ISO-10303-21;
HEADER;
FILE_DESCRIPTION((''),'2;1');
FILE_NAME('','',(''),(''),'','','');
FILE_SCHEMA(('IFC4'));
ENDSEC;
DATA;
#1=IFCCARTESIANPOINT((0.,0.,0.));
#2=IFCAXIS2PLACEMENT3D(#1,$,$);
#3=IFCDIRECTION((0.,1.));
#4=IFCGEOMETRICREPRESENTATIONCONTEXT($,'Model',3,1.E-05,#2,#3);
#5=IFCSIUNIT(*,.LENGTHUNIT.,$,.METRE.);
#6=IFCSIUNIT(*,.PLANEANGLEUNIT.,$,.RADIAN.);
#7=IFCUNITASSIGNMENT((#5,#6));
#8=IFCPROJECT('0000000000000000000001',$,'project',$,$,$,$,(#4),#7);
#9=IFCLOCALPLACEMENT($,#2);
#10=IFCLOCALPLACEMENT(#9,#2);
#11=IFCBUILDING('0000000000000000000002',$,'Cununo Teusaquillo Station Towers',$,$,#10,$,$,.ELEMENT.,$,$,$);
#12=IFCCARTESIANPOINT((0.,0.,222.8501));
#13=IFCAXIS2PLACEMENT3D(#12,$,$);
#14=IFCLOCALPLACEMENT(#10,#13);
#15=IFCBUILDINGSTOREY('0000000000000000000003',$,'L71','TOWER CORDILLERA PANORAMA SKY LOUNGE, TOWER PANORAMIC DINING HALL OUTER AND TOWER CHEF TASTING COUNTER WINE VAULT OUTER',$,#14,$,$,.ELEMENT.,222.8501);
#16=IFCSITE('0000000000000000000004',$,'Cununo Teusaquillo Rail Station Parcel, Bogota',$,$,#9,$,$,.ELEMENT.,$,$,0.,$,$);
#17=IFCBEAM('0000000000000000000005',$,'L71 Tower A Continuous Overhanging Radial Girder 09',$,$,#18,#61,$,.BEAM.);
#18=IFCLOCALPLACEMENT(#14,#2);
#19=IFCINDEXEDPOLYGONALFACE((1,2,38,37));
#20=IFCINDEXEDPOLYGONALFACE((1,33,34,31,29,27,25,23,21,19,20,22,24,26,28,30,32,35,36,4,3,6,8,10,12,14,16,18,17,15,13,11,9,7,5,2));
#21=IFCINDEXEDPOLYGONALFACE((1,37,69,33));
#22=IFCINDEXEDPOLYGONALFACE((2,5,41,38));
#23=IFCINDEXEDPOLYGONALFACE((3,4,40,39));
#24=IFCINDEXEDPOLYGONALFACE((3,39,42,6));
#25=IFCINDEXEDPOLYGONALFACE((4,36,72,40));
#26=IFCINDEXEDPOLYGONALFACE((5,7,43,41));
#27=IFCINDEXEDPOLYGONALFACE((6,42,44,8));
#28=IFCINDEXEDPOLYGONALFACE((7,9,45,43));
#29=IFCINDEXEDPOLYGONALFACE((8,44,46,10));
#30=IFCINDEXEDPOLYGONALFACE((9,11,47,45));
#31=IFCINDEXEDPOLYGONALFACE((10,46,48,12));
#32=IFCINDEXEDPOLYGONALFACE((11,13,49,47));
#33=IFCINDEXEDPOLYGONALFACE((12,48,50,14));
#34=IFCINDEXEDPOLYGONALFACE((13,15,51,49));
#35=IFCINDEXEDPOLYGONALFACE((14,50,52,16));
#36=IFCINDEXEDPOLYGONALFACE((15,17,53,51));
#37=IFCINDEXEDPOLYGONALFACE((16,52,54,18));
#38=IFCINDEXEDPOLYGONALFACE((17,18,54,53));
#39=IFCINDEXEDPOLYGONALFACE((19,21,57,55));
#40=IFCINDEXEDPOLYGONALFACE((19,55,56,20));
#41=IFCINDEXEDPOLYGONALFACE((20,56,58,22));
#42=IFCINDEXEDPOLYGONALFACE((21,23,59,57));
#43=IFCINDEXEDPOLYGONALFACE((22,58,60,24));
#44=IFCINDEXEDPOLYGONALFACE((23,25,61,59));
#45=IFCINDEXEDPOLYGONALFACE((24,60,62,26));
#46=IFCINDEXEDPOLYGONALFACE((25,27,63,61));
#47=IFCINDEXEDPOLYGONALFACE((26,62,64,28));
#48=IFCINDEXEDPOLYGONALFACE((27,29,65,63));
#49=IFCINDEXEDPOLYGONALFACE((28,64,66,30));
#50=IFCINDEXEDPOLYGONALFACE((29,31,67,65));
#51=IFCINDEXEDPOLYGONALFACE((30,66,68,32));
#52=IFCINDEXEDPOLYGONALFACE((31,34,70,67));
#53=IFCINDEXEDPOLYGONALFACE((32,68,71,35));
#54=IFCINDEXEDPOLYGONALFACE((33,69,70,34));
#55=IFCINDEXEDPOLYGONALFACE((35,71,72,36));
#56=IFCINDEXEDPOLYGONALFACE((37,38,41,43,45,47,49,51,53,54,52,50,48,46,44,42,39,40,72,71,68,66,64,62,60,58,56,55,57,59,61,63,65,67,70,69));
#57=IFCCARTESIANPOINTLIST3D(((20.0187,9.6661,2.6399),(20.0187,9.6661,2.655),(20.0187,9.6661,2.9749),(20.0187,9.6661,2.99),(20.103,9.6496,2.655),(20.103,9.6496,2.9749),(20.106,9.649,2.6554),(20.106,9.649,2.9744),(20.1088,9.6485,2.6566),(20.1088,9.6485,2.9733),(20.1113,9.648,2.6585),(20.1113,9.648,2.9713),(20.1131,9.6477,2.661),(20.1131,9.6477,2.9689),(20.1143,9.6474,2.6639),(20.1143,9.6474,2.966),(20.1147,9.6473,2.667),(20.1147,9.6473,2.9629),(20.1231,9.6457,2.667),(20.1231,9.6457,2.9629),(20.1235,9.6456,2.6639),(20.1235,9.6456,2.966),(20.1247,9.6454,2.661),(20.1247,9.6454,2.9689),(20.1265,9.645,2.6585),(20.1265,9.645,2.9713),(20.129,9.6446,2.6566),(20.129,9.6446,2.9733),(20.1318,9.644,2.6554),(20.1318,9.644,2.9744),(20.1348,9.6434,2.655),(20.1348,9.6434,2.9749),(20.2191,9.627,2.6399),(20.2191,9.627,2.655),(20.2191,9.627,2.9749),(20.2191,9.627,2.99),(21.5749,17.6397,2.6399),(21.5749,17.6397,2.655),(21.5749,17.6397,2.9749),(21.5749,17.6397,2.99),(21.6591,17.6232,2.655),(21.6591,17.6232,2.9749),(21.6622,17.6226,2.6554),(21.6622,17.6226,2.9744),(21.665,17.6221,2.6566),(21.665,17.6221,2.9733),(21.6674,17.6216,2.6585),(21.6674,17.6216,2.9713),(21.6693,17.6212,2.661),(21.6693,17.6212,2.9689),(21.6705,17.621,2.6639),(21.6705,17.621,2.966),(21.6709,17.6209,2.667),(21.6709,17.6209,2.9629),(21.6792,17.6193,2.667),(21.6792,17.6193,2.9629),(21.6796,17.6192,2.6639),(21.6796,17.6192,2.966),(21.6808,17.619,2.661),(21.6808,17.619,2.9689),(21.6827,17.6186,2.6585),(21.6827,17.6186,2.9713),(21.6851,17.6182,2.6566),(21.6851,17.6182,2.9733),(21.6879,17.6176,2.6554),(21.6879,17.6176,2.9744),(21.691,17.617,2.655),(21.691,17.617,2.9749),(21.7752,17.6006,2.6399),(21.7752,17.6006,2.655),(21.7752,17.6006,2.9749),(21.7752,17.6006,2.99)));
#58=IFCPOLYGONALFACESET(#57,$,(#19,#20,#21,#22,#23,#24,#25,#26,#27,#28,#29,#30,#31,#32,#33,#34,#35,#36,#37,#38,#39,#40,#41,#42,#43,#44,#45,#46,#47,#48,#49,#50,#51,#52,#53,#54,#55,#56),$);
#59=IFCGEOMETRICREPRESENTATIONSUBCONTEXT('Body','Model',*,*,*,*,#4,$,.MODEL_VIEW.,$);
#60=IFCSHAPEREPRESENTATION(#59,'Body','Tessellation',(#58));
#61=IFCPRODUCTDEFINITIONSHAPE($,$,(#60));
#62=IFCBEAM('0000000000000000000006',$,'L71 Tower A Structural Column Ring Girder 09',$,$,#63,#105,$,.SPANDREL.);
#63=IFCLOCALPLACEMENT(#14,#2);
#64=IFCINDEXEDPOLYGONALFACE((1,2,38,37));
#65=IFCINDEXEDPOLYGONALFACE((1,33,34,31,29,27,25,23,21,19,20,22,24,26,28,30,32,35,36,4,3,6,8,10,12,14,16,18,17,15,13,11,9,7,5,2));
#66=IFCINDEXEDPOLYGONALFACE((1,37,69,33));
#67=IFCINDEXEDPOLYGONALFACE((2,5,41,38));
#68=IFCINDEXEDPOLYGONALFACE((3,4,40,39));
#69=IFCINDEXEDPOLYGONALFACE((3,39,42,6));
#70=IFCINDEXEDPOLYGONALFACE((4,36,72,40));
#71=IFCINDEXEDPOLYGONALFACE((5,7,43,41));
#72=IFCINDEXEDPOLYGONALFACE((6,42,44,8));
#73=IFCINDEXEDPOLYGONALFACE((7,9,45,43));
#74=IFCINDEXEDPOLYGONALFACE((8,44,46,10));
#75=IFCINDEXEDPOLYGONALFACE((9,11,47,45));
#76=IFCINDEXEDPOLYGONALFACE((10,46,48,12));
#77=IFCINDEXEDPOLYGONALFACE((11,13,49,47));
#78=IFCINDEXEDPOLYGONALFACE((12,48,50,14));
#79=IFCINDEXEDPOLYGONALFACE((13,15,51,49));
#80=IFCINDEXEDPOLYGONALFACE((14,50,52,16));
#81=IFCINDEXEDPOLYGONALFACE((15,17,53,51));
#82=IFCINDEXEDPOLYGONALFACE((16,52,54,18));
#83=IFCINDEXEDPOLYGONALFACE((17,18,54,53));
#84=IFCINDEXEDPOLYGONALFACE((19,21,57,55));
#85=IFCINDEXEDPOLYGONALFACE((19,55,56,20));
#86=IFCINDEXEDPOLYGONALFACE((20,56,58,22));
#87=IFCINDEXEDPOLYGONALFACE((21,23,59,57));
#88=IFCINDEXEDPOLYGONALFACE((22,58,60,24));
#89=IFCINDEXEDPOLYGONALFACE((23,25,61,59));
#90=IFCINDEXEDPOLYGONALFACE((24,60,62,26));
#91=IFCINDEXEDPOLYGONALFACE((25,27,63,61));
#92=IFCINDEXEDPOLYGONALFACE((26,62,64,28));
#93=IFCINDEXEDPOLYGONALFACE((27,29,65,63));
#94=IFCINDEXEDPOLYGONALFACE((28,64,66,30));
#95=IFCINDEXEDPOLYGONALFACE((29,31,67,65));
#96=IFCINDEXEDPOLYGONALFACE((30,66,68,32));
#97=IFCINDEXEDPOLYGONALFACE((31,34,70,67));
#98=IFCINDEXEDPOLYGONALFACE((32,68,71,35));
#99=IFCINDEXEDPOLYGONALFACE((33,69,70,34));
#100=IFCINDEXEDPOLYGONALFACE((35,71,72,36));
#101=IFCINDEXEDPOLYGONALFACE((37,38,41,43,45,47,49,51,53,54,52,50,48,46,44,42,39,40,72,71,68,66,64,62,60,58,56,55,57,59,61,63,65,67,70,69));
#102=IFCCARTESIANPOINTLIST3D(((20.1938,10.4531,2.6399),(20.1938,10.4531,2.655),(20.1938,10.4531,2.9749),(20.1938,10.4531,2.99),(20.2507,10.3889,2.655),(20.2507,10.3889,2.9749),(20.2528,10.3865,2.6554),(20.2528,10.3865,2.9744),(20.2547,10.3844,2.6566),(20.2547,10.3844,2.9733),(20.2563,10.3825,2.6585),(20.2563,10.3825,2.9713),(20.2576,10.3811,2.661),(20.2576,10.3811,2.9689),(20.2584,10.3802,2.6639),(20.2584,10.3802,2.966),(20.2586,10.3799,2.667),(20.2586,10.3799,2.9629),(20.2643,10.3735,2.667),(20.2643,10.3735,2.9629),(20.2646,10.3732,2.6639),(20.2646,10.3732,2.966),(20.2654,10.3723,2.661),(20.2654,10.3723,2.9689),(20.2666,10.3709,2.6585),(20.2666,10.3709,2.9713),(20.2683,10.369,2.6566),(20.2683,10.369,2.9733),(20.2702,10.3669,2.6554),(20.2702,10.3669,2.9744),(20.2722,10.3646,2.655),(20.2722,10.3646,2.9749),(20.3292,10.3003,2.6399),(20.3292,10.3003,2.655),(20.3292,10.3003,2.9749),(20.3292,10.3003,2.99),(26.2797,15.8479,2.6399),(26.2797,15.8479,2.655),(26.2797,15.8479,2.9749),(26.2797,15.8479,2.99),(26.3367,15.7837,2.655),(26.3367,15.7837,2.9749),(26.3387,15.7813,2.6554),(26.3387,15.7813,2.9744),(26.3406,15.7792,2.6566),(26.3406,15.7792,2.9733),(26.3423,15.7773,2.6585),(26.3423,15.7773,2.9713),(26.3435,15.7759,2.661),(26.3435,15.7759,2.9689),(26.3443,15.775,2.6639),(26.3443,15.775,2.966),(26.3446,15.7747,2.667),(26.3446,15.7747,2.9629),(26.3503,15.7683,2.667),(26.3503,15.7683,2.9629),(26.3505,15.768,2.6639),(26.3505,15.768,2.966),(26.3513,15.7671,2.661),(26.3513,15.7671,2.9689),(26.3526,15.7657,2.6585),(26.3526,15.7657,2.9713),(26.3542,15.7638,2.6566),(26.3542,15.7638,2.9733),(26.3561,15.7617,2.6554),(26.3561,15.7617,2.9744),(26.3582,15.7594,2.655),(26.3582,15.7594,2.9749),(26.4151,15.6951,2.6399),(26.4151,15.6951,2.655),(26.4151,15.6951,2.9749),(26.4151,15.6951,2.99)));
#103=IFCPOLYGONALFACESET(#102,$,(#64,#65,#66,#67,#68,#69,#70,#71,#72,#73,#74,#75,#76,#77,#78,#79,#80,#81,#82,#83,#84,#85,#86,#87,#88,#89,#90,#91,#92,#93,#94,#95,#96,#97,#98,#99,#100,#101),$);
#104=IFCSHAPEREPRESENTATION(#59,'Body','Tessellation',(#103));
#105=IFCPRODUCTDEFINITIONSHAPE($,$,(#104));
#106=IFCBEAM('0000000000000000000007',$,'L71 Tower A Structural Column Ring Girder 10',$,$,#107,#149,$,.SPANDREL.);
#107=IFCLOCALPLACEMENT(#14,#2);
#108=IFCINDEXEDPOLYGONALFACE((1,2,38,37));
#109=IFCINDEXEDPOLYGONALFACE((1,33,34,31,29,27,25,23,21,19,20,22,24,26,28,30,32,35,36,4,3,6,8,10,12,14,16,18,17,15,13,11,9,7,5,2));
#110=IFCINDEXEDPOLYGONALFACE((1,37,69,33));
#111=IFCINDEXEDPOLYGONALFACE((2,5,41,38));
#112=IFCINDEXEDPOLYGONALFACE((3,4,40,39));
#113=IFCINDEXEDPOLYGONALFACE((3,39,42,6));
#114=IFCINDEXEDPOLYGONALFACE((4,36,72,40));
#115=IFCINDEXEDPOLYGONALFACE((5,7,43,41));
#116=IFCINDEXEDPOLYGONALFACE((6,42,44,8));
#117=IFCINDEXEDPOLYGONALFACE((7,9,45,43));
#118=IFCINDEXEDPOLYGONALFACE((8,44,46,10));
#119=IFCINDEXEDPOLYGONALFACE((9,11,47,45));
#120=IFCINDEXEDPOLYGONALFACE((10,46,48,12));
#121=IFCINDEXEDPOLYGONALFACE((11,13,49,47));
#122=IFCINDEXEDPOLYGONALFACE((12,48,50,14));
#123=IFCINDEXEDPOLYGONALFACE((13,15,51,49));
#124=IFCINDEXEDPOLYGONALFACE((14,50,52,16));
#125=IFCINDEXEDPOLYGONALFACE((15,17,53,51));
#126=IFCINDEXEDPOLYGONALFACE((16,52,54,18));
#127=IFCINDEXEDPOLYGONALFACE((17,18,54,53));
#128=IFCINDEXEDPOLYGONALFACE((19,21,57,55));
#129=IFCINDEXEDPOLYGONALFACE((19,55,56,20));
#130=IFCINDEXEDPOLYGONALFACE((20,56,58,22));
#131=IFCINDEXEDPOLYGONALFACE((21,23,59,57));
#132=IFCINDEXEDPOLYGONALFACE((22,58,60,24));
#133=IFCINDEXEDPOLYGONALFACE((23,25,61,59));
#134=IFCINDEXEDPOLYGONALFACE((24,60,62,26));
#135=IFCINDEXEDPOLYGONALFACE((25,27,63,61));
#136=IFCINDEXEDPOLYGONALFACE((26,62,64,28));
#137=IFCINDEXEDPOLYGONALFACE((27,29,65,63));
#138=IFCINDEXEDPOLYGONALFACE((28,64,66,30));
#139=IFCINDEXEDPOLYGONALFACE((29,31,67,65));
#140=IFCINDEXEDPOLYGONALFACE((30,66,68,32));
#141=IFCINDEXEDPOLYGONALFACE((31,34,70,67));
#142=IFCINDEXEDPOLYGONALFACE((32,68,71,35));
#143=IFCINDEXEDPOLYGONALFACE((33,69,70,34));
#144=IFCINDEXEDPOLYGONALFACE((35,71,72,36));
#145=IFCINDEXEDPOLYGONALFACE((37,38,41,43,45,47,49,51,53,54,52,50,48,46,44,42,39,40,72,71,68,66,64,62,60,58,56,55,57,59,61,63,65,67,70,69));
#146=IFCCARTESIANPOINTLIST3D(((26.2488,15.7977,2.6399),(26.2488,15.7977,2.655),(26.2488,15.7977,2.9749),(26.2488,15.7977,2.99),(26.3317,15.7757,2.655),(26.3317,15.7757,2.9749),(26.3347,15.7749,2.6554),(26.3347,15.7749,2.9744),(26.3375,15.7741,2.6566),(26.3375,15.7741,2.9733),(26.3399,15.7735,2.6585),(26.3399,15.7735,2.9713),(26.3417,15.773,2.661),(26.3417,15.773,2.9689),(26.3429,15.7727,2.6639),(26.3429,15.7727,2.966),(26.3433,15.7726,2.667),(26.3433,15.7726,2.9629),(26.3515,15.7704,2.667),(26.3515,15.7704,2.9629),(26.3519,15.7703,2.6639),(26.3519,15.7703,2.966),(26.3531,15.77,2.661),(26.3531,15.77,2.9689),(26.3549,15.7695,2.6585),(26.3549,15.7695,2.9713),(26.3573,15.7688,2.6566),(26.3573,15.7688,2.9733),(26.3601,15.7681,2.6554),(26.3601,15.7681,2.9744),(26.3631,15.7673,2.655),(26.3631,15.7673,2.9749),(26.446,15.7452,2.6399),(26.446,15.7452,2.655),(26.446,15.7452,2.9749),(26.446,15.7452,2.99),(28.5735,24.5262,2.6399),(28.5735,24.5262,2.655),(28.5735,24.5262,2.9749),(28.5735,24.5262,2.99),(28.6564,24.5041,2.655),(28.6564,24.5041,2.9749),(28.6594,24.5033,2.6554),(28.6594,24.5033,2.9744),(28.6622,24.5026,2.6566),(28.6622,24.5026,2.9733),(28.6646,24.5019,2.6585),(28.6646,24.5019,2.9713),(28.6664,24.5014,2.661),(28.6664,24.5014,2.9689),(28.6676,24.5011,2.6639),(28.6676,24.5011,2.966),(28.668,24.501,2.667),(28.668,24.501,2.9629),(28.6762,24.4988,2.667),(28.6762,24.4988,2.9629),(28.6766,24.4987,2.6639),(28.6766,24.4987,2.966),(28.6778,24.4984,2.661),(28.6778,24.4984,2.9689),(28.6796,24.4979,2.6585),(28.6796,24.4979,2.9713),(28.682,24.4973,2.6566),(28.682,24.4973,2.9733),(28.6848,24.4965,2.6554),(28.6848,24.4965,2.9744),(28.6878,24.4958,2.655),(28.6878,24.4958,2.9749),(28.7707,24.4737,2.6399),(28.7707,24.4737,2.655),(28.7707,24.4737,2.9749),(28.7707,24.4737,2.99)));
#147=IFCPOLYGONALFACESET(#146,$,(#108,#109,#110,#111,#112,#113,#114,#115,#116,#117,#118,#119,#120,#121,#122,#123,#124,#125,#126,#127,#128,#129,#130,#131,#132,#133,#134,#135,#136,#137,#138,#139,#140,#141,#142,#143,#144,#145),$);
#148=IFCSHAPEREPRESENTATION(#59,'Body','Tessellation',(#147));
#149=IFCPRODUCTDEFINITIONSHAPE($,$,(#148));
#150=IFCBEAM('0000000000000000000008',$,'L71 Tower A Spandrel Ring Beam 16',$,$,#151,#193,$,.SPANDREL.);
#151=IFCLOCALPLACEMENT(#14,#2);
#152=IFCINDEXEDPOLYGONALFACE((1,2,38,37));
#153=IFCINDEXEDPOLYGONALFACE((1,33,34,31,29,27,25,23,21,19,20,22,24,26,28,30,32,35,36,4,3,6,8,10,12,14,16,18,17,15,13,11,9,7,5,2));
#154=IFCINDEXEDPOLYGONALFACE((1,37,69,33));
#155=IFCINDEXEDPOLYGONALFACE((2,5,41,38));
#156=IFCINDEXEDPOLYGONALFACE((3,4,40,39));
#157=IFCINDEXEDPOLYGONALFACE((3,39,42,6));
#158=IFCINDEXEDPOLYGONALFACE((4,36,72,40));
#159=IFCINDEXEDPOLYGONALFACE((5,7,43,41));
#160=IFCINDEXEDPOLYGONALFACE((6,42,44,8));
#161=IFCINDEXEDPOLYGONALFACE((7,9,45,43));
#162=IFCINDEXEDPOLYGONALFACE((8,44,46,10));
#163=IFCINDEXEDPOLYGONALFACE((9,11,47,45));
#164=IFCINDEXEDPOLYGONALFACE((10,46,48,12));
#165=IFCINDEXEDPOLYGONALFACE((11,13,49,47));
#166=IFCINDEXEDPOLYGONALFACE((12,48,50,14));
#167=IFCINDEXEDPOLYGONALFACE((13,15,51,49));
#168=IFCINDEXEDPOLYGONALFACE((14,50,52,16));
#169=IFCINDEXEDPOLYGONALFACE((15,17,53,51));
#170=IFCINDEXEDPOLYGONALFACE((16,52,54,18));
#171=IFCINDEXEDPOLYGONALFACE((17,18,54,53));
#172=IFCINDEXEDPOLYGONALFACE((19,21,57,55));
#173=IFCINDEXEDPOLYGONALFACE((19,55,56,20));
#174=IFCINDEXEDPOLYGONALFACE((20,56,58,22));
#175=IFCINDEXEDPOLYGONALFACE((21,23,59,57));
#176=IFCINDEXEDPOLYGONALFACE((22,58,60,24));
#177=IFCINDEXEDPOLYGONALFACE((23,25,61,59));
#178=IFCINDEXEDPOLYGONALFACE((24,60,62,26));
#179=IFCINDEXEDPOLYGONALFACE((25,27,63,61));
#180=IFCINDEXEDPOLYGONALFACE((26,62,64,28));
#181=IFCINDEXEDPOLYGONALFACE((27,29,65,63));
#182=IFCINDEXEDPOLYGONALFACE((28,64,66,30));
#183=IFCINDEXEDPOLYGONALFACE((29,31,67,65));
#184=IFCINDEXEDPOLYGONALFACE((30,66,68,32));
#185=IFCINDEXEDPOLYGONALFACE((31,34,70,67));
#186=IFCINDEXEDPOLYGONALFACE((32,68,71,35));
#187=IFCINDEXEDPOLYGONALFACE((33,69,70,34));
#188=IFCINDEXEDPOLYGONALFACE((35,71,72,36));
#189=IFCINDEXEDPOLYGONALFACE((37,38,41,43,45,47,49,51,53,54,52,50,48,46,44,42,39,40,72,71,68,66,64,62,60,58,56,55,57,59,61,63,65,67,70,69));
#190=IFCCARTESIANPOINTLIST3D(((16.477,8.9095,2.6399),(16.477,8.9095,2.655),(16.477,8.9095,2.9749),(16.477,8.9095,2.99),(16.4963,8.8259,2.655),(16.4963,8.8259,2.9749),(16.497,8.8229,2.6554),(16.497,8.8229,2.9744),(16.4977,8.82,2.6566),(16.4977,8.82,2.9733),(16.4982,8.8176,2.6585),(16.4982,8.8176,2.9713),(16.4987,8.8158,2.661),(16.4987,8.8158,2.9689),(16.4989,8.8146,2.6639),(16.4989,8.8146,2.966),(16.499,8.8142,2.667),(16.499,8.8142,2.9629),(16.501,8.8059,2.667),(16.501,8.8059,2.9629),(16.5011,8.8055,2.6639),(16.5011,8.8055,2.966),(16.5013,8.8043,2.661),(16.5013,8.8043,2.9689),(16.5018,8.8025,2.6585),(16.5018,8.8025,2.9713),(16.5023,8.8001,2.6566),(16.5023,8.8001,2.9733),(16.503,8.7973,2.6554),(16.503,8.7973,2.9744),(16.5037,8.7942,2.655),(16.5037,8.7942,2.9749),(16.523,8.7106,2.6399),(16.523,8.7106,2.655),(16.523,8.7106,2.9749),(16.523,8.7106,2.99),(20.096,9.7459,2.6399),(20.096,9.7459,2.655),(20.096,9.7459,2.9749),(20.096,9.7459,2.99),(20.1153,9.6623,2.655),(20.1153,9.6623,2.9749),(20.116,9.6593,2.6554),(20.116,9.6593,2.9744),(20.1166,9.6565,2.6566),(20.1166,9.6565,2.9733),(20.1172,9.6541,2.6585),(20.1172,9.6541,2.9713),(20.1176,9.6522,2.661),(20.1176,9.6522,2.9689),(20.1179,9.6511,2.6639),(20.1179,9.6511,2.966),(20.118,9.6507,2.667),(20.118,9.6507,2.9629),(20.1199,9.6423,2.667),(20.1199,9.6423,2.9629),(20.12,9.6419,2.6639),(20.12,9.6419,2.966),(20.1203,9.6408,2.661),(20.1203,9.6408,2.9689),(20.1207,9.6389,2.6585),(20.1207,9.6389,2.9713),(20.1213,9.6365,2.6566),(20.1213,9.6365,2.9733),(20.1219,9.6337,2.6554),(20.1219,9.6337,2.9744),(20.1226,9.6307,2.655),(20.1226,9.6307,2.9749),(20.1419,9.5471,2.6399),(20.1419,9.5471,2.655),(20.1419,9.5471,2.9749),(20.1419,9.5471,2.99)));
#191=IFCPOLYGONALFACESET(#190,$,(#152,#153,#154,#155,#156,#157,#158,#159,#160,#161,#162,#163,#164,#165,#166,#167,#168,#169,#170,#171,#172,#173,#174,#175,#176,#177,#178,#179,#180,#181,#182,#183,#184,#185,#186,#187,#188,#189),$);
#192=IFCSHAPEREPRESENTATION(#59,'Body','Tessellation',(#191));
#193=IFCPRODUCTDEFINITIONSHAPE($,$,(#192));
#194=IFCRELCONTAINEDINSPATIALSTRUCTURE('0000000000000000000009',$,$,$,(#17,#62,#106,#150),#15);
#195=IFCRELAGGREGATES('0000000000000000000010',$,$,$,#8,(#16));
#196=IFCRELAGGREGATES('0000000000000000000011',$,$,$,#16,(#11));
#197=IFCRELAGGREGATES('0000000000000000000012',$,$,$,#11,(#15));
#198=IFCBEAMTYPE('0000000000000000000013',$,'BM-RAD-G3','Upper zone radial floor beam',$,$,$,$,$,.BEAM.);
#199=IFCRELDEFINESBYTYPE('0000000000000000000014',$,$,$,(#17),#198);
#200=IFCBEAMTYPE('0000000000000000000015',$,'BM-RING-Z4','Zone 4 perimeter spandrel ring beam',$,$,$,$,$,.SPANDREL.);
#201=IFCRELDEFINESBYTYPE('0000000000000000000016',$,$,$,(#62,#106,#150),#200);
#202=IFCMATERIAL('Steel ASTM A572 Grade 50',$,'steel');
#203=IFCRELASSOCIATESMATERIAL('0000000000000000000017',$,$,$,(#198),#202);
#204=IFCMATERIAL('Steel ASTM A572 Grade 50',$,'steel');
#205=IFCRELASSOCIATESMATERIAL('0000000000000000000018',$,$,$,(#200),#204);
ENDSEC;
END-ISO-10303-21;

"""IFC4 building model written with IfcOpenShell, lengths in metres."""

from ifc_helpers import new_model, si_unit, direction, frame, origin, origin_2d, place, context, subcontext, project, spatial, i_section, extrude, material, material_profile, profile_set, type_object, element, save


model = new_model("IFC4")

# Units and contexts
model_context = context("Model", 3, precision=1e-05, world=origin(), true_north=direction((0.0, 1.0)))
body_context = subcontext(model_context, "Body", "Model", "MODEL_VIEW")
ifc_project = project(units=[si_unit("LENGTHUNIT", "METRE"), si_unit("PLANEANGLEUNIT", "RADIAN")], contexts=[model_context])

# Site, building, storey
site_placement = place(None, origin())
site = spatial("IfcSite", under=ifc_project, at=site_placement, Name="Cununo Teusaquillo Rail Station Parcel, Bogota", CompositionType="ELEMENT", RefElevation=0.0)
building_placement = place(site_placement, origin())
building = spatial("IfcBuilding", under=site, at=building_placement, Name="Cununo Teusaquillo Station Towers", CompositionType="ELEMENT")
storey_placement = place(building_placement, frame((0.0, 0.0, 222.8501)))
storey = spatial("IfcBuildingStorey", under=building, at=storey_placement, Name="L71", Description="TOWER CORDILLERA PANORAMA SKY LOUNGE, TOWER PANORAMIC DINING HALL OUTER AND TOWER CHEF TASTING COUNTER WINE VAULT OUTER", CompositionType="ELEMENT", Elevation=222.8501)

# Beams
ifc_material_1 = material(Name="Steel ASTM A572 Grade 50", Category="steel")
ifc_material_profile_1 = material_profile(ifc_material_1, i_section(OverallWidth=0.2041, OverallDepth=0.3501, WebThickness=0.0085, FlangeThickness=0.0151, FilletRadius=0.012, at=origin_2d()), Name="W14X48")
ifc_profile_set_1 = profile_set([ifc_material_profile_1], Name="Steel ASTM A572 Grade 50")
beam_type_1 = type_object("IfcBeamType", Name="BM-RAD-G3", Description="Upper zone radial floor beam", PredefinedType="BEAM", material=ifc_profile_set_1)
beam_1_placement = place(storey_placement, frame((21.675, 17.6201, 2.8149), z_axis=(-0.191548, -0.981483, 0.0), x_axis=(0.981483, -0.191548, 0.0)))
element("IfcBeam", 1, at=beam_1_placement, inside=storey, type_object=beam_type_1, Name="L71 Tower A Continuous Overhanging Radial Girder 09", PredefinedType="BEAM", context=body_context, shape_type="SweptSolid", body=[
    extrude(i_section(OverallWidth=0.2041, OverallDepth=0.3501, WebThickness=0.0085, FlangeThickness=0.0151, FilletRadius=0.012, at=origin_2d()), origin(), (0.0, 0.0, 1.0), 8.124),
])
ifc_material_2 = material(Name="Steel ASTM A572 Grade 50", Category="steel")
ifc_material_profile_2 = material_profile(ifc_material_2, i_section(OverallWidth=0.2041, OverallDepth=0.3501, WebThickness=0.0085, FlangeThickness=0.0151, FilletRadius=0.012, at=origin_2d()), Name="W14X48")
ifc_profile_set_2 = profile_set([ifc_material_profile_2], Name="Steel ASTM A572 Grade 50")
beam_type_2 = type_object("IfcBeamType", Name="BM-RING-Z4", Description="Zone 4 perimeter spandrel ring beam", PredefinedType="SPANDREL", material=ifc_profile_set_2)
beam_2_placement = place(storey_placement, frame((20.2615, 10.3767, 2.8149), z_axis=(0.748321, 0.663337, 0.0), x_axis=(-0.663337, 0.748321, 0.0)))
element("IfcBeam", 2, at=beam_2_placement, inside=storey, type_object=beam_type_2, Name="L71 Tower A Structural Column Ring Girder 09", PredefinedType="SPANDREL", context=body_context, shape_type="SweptSolid", body=[
    extrude(i_section(OverallWidth=0.2041, OverallDepth=0.3501, WebThickness=0.0085, FlangeThickness=0.0151, FilletRadius=0.012, at=origin_2d()), origin(), (0.0, 0.0, 1.0), 8.1328),
])
beam_3_placement = place(storey_placement, frame((26.3474, 15.7715, 2.8149), z_axis=(0.257363, 0.966315, 0.0), x_axis=(-0.966315, 0.257363, 0.0)))
element("IfcBeam", 3, at=beam_3_placement, inside=storey, type_object=beam_type_2, Name="L71 Tower A Structural Column Ring Girder 10", PredefinedType="SPANDREL", context=body_context, shape_type="SweptSolid", body=[
    extrude(i_section(OverallWidth=0.2041, OverallDepth=0.3501, WebThickness=0.0085, FlangeThickness=0.0151, FilletRadius=0.012, at=origin_2d()), origin(), (0.0, 0.0, 1.0), 9.0327),
])
beam_4_placement = place(storey_placement, frame((16.5, 8.8101, 2.8149), z_axis=(0.974315, 0.225191, 0.0), x_axis=(-0.225191, 0.974315, 0.0)))
element("IfcBeam", 4, at=beam_4_placement, inside=storey, type_object=beam_type_2, Name="L71 Tower A Spandrel Ring Beam 16", PredefinedType="SPANDREL", context=body_context, shape_type="SweptSolid", body=[
    extrude(i_section(OverallWidth=0.2041, OverallDepth=0.3501, WebThickness=0.0085, FlangeThickness=0.0151, FilletRadius=0.012, at=origin_2d()), origin(), (0.0, 0.0, 1.0), 3.7144),
])

save(model, "model.ifc")
